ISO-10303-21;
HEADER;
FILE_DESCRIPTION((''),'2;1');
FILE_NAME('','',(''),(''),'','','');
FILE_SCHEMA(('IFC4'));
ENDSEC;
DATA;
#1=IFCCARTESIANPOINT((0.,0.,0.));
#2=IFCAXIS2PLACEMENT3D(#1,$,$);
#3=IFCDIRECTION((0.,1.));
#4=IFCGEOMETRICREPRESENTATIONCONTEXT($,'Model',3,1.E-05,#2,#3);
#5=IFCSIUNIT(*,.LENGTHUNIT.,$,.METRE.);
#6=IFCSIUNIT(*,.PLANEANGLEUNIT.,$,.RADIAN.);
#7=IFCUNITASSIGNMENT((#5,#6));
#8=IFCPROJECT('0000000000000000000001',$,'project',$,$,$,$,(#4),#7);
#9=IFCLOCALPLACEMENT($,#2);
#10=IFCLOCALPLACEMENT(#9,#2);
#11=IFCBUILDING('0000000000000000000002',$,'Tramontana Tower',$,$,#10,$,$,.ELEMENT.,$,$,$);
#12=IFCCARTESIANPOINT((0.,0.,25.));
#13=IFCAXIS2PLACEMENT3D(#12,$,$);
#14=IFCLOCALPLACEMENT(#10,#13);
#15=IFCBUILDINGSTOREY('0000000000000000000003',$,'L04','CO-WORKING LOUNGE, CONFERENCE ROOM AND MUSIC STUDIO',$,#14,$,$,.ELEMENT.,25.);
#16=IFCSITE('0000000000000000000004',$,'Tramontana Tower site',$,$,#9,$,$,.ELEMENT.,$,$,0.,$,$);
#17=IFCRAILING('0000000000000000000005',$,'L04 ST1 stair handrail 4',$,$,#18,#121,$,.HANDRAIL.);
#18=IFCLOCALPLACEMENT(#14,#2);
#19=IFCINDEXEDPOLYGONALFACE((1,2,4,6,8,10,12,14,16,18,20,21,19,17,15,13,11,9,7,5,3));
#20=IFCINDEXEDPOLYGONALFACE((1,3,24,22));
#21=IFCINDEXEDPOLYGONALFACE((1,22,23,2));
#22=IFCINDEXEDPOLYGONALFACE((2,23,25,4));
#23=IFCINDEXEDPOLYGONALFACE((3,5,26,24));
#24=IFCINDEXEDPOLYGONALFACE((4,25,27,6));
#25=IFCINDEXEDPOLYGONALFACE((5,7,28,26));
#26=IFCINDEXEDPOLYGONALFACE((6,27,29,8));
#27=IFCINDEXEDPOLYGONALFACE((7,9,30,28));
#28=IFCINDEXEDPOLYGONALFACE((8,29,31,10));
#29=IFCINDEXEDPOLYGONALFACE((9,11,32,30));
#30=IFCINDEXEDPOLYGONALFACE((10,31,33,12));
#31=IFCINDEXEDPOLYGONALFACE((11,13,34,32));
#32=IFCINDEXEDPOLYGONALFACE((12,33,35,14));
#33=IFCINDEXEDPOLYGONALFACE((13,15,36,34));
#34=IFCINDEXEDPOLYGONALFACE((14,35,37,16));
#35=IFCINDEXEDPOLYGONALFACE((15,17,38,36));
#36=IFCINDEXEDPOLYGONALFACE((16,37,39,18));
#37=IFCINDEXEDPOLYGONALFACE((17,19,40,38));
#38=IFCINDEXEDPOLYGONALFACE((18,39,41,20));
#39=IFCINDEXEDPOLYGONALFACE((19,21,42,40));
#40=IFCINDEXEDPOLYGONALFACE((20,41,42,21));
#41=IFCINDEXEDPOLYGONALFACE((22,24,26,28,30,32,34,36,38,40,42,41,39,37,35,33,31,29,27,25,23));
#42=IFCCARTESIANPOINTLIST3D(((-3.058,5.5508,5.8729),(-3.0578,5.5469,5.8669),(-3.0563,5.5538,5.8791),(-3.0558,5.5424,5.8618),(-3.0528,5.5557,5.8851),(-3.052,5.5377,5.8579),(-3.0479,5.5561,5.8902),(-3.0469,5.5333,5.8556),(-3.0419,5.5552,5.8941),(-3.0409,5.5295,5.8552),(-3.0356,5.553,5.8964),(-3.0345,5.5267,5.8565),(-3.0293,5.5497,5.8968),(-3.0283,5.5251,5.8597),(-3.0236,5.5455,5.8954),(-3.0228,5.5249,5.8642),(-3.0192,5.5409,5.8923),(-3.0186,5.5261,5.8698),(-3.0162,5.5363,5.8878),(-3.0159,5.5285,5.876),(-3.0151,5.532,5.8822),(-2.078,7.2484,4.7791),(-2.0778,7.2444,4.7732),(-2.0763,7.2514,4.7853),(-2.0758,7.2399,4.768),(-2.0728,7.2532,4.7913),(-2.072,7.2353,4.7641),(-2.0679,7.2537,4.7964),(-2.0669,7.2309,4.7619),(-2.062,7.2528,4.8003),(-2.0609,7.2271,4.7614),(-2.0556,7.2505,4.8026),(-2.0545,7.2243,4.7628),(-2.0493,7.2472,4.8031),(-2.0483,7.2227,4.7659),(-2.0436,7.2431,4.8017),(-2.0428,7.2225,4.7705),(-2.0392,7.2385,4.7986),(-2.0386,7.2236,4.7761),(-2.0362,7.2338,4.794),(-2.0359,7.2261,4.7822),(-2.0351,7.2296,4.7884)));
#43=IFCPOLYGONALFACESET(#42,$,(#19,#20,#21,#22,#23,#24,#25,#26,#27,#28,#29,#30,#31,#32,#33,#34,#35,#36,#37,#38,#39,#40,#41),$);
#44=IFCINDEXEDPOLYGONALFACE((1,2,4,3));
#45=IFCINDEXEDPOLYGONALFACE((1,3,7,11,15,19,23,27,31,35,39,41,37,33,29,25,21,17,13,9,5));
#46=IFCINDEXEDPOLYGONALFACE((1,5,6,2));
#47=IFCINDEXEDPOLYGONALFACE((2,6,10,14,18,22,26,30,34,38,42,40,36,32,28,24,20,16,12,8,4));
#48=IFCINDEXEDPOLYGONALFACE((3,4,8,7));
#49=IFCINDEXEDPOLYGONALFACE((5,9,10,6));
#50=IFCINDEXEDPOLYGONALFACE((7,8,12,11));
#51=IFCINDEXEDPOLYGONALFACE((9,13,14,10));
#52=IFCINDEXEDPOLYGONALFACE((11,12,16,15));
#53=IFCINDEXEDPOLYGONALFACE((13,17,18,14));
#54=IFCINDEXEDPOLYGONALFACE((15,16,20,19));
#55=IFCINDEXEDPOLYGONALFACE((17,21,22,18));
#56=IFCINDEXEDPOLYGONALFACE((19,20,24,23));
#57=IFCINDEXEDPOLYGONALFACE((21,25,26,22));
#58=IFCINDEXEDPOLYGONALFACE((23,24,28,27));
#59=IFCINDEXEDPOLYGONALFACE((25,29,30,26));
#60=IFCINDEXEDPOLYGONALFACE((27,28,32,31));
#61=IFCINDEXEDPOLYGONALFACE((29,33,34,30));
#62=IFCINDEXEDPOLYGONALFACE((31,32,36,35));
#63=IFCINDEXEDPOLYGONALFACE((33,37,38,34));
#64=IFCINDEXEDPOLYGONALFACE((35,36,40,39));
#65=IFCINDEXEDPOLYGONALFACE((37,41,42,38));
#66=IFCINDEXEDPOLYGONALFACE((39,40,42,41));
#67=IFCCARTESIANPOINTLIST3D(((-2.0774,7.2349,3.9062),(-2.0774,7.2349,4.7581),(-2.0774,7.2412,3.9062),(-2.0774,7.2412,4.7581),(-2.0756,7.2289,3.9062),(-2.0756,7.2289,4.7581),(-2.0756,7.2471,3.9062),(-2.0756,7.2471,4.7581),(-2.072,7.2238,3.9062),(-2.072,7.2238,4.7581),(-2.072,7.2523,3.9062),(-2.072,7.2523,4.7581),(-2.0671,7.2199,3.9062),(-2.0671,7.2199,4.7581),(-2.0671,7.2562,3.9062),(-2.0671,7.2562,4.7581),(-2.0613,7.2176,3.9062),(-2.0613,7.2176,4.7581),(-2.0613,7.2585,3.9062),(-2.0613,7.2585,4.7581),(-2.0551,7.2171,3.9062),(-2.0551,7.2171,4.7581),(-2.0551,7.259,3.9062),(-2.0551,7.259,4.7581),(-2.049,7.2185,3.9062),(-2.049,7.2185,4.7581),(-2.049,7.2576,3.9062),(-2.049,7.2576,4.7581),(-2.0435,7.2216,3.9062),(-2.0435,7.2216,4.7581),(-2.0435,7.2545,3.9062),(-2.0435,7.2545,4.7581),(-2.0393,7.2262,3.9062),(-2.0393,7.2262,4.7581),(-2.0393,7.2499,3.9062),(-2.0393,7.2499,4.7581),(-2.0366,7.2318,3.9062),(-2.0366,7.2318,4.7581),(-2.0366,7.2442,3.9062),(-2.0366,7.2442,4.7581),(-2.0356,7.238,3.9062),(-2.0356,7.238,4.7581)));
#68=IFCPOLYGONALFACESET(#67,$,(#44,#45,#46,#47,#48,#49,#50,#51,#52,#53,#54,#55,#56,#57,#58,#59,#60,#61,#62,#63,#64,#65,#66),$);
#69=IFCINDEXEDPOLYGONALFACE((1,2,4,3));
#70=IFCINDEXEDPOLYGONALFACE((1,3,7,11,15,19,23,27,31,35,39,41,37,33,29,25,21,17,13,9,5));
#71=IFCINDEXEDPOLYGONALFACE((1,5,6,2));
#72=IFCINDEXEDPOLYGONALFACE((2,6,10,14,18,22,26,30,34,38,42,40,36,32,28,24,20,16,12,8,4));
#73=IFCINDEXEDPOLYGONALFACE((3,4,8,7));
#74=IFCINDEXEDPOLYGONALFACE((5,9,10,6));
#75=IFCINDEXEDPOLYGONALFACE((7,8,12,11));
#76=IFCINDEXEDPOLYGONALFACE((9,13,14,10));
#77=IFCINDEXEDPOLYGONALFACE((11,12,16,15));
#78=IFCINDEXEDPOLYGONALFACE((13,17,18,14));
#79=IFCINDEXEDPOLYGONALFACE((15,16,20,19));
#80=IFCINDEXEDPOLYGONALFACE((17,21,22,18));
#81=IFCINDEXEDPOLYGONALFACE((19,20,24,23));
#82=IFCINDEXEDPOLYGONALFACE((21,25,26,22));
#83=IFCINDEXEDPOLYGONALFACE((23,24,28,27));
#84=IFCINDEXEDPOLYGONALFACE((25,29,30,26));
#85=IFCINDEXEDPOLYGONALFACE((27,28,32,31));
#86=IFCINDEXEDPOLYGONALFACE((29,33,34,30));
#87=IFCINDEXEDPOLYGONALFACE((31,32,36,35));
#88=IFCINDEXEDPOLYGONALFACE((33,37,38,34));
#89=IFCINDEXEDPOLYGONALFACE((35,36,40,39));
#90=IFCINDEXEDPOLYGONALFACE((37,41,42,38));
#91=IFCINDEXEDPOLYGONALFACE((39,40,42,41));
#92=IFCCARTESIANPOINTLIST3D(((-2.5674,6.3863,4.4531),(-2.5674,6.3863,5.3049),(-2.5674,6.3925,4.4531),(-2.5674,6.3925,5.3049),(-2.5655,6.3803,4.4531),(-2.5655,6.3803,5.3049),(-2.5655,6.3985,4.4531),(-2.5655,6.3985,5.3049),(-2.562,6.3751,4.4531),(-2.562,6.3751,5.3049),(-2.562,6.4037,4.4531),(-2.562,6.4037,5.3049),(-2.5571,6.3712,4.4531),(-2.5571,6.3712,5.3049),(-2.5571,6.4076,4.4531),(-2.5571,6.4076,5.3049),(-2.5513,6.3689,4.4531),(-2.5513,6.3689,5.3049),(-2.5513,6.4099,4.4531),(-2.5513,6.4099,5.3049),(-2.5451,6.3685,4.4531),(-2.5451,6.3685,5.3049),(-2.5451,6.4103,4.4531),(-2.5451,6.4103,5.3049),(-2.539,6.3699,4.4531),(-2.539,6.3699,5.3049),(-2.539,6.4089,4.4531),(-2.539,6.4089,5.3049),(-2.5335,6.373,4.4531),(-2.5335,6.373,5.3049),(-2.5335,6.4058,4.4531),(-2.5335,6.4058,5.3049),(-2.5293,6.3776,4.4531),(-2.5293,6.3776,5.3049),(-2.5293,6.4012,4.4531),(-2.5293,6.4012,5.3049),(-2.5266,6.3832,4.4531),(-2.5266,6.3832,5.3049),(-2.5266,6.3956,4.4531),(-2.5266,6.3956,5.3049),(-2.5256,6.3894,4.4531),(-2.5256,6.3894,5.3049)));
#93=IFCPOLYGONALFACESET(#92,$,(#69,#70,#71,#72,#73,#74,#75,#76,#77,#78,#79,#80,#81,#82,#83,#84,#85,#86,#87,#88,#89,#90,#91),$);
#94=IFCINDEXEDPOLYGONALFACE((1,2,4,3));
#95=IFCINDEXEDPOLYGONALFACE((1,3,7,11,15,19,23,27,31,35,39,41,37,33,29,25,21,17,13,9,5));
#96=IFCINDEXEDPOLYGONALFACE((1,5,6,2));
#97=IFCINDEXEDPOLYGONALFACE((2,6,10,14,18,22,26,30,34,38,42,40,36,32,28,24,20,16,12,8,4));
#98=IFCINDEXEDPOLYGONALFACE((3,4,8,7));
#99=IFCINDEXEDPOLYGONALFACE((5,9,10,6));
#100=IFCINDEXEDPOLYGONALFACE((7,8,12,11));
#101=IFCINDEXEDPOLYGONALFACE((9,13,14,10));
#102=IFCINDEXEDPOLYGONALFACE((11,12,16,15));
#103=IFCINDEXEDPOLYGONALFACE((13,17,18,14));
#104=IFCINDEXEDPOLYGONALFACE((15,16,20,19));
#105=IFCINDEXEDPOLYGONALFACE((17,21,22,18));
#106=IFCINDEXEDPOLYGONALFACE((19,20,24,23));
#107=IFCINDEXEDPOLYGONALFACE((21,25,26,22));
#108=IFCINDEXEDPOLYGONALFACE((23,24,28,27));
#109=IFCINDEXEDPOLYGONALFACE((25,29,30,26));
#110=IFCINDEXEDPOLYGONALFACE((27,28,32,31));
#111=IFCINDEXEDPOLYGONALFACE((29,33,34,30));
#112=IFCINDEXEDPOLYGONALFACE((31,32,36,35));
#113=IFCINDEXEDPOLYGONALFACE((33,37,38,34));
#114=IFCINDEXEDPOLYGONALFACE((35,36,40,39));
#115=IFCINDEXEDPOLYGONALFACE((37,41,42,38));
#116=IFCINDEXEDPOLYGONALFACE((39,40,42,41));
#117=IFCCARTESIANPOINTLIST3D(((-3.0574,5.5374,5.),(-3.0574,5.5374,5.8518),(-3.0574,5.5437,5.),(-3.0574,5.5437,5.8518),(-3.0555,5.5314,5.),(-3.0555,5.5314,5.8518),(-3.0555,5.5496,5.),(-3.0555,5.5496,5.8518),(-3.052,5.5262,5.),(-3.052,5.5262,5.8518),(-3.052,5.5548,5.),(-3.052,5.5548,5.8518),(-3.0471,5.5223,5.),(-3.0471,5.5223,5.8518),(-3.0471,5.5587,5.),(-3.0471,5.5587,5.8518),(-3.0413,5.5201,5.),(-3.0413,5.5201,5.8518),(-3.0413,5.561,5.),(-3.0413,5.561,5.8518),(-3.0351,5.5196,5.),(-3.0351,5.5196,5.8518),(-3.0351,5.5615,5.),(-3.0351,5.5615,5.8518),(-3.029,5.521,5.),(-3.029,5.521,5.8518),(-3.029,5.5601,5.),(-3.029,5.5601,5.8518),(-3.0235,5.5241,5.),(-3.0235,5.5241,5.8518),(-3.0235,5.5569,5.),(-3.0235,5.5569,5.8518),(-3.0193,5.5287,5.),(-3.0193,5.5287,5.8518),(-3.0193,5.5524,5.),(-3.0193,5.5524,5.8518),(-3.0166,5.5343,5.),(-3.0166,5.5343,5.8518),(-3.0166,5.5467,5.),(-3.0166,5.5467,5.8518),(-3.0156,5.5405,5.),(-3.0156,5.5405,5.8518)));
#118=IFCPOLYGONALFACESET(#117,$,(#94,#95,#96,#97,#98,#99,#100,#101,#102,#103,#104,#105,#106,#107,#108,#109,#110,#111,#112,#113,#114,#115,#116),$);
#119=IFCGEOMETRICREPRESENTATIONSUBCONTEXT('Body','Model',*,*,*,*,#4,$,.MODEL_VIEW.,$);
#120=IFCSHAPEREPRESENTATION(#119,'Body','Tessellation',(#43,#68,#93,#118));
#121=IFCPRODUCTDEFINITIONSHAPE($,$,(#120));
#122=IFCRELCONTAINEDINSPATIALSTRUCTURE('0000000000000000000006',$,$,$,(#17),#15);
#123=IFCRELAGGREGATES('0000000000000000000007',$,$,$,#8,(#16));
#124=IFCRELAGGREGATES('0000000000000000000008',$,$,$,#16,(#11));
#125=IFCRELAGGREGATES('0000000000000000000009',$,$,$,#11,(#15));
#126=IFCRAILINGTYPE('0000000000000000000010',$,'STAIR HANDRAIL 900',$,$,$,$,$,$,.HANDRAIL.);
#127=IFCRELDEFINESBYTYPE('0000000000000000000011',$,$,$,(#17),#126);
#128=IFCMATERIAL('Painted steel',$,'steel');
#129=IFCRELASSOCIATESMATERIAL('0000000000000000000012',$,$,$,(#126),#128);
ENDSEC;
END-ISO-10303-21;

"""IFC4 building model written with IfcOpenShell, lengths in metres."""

from ifc_helpers import new_model, si_unit, direction, frame, origin, origin_2d, place, context, subcontext, project, spatial, circle, extrude, material, type_object, element, save


model = new_model("IFC4")

# Units and contexts
model_context = context("Model", 3, precision=1e-05, world=origin(), true_north=direction((0.0, 1.0)))
body_context = subcontext(model_context, "Body", "Model", "MODEL_VIEW")
ifc_project = project(units=[si_unit("LENGTHUNIT", "METRE"), si_unit("PLANEANGLEUNIT", "RADIAN")], contexts=[model_context])

# Site, building, storey
site_placement = place(None, origin())
site = spatial("IfcSite", under=ifc_project, at=site_placement, Name="Tramontana Tower site", CompositionType="ELEMENT", RefElevation=0.0)
building_placement = place(site_placement, origin())
building = spatial("IfcBuilding", under=site, at=building_placement, Name="Tramontana Tower", CompositionType="ELEMENT")
storey_placement = place(building_placement, frame((0.0, 0.0, 25.0)))
storey = spatial("IfcBuildingStorey", under=building, at=storey_placement, Name="L04", Description="CO-WORKING LOUNGE, CONFERENCE ROOM AND MUSIC STUDIO", CompositionType="ELEMENT", Elevation=25.0)

# Railing
ifc_material_1 = material(Name="Painted steel", Category="steel")
railing_type_1 = type_object("IfcRailingType", Name="STAIR HANDRAIL 900", PredefinedType="HANDRAIL", material=ifc_material_1)
for number, where, name in (
    (1, (-2.0566, 7.238, 3.9062), "L04 ST1 stair handrail 4"),
):
    element("IfcRailing", number, at=place(storey_placement, frame(where)), inside=storey, type_object=railing_type_1, Name=name, PredefinedType="HANDRAIL", context=body_context, shape_type="SweptSolid", body=[
        extrude(circle(Radius=0.0239, at=origin_2d()), frame((0.0, 0.0, 0.876), z_axis=(-0.436596, -0.756267, 0.487282), x_axis=(0.866042, -0.49997, 0.0)), (0.0, 0.0, 1.0), 2.2446),
        extrude(circle(Radius=0.021, at=origin_2d()), origin(), (0.0, 0.0, 1.0), 0.8518),
        extrude(circle(Radius=0.021, at=origin_2d()), frame((-0.49, -0.8486, 0.5469)), (0.0, 0.0, 1.0), 0.8518),
        extrude(circle(Radius=0.021, at=origin_2d()), frame((-0.98, -1.6975, 1.0938)), (0.0, 0.0, 1.0), 0.8518),
    ])

save(model, "model.ifc")
